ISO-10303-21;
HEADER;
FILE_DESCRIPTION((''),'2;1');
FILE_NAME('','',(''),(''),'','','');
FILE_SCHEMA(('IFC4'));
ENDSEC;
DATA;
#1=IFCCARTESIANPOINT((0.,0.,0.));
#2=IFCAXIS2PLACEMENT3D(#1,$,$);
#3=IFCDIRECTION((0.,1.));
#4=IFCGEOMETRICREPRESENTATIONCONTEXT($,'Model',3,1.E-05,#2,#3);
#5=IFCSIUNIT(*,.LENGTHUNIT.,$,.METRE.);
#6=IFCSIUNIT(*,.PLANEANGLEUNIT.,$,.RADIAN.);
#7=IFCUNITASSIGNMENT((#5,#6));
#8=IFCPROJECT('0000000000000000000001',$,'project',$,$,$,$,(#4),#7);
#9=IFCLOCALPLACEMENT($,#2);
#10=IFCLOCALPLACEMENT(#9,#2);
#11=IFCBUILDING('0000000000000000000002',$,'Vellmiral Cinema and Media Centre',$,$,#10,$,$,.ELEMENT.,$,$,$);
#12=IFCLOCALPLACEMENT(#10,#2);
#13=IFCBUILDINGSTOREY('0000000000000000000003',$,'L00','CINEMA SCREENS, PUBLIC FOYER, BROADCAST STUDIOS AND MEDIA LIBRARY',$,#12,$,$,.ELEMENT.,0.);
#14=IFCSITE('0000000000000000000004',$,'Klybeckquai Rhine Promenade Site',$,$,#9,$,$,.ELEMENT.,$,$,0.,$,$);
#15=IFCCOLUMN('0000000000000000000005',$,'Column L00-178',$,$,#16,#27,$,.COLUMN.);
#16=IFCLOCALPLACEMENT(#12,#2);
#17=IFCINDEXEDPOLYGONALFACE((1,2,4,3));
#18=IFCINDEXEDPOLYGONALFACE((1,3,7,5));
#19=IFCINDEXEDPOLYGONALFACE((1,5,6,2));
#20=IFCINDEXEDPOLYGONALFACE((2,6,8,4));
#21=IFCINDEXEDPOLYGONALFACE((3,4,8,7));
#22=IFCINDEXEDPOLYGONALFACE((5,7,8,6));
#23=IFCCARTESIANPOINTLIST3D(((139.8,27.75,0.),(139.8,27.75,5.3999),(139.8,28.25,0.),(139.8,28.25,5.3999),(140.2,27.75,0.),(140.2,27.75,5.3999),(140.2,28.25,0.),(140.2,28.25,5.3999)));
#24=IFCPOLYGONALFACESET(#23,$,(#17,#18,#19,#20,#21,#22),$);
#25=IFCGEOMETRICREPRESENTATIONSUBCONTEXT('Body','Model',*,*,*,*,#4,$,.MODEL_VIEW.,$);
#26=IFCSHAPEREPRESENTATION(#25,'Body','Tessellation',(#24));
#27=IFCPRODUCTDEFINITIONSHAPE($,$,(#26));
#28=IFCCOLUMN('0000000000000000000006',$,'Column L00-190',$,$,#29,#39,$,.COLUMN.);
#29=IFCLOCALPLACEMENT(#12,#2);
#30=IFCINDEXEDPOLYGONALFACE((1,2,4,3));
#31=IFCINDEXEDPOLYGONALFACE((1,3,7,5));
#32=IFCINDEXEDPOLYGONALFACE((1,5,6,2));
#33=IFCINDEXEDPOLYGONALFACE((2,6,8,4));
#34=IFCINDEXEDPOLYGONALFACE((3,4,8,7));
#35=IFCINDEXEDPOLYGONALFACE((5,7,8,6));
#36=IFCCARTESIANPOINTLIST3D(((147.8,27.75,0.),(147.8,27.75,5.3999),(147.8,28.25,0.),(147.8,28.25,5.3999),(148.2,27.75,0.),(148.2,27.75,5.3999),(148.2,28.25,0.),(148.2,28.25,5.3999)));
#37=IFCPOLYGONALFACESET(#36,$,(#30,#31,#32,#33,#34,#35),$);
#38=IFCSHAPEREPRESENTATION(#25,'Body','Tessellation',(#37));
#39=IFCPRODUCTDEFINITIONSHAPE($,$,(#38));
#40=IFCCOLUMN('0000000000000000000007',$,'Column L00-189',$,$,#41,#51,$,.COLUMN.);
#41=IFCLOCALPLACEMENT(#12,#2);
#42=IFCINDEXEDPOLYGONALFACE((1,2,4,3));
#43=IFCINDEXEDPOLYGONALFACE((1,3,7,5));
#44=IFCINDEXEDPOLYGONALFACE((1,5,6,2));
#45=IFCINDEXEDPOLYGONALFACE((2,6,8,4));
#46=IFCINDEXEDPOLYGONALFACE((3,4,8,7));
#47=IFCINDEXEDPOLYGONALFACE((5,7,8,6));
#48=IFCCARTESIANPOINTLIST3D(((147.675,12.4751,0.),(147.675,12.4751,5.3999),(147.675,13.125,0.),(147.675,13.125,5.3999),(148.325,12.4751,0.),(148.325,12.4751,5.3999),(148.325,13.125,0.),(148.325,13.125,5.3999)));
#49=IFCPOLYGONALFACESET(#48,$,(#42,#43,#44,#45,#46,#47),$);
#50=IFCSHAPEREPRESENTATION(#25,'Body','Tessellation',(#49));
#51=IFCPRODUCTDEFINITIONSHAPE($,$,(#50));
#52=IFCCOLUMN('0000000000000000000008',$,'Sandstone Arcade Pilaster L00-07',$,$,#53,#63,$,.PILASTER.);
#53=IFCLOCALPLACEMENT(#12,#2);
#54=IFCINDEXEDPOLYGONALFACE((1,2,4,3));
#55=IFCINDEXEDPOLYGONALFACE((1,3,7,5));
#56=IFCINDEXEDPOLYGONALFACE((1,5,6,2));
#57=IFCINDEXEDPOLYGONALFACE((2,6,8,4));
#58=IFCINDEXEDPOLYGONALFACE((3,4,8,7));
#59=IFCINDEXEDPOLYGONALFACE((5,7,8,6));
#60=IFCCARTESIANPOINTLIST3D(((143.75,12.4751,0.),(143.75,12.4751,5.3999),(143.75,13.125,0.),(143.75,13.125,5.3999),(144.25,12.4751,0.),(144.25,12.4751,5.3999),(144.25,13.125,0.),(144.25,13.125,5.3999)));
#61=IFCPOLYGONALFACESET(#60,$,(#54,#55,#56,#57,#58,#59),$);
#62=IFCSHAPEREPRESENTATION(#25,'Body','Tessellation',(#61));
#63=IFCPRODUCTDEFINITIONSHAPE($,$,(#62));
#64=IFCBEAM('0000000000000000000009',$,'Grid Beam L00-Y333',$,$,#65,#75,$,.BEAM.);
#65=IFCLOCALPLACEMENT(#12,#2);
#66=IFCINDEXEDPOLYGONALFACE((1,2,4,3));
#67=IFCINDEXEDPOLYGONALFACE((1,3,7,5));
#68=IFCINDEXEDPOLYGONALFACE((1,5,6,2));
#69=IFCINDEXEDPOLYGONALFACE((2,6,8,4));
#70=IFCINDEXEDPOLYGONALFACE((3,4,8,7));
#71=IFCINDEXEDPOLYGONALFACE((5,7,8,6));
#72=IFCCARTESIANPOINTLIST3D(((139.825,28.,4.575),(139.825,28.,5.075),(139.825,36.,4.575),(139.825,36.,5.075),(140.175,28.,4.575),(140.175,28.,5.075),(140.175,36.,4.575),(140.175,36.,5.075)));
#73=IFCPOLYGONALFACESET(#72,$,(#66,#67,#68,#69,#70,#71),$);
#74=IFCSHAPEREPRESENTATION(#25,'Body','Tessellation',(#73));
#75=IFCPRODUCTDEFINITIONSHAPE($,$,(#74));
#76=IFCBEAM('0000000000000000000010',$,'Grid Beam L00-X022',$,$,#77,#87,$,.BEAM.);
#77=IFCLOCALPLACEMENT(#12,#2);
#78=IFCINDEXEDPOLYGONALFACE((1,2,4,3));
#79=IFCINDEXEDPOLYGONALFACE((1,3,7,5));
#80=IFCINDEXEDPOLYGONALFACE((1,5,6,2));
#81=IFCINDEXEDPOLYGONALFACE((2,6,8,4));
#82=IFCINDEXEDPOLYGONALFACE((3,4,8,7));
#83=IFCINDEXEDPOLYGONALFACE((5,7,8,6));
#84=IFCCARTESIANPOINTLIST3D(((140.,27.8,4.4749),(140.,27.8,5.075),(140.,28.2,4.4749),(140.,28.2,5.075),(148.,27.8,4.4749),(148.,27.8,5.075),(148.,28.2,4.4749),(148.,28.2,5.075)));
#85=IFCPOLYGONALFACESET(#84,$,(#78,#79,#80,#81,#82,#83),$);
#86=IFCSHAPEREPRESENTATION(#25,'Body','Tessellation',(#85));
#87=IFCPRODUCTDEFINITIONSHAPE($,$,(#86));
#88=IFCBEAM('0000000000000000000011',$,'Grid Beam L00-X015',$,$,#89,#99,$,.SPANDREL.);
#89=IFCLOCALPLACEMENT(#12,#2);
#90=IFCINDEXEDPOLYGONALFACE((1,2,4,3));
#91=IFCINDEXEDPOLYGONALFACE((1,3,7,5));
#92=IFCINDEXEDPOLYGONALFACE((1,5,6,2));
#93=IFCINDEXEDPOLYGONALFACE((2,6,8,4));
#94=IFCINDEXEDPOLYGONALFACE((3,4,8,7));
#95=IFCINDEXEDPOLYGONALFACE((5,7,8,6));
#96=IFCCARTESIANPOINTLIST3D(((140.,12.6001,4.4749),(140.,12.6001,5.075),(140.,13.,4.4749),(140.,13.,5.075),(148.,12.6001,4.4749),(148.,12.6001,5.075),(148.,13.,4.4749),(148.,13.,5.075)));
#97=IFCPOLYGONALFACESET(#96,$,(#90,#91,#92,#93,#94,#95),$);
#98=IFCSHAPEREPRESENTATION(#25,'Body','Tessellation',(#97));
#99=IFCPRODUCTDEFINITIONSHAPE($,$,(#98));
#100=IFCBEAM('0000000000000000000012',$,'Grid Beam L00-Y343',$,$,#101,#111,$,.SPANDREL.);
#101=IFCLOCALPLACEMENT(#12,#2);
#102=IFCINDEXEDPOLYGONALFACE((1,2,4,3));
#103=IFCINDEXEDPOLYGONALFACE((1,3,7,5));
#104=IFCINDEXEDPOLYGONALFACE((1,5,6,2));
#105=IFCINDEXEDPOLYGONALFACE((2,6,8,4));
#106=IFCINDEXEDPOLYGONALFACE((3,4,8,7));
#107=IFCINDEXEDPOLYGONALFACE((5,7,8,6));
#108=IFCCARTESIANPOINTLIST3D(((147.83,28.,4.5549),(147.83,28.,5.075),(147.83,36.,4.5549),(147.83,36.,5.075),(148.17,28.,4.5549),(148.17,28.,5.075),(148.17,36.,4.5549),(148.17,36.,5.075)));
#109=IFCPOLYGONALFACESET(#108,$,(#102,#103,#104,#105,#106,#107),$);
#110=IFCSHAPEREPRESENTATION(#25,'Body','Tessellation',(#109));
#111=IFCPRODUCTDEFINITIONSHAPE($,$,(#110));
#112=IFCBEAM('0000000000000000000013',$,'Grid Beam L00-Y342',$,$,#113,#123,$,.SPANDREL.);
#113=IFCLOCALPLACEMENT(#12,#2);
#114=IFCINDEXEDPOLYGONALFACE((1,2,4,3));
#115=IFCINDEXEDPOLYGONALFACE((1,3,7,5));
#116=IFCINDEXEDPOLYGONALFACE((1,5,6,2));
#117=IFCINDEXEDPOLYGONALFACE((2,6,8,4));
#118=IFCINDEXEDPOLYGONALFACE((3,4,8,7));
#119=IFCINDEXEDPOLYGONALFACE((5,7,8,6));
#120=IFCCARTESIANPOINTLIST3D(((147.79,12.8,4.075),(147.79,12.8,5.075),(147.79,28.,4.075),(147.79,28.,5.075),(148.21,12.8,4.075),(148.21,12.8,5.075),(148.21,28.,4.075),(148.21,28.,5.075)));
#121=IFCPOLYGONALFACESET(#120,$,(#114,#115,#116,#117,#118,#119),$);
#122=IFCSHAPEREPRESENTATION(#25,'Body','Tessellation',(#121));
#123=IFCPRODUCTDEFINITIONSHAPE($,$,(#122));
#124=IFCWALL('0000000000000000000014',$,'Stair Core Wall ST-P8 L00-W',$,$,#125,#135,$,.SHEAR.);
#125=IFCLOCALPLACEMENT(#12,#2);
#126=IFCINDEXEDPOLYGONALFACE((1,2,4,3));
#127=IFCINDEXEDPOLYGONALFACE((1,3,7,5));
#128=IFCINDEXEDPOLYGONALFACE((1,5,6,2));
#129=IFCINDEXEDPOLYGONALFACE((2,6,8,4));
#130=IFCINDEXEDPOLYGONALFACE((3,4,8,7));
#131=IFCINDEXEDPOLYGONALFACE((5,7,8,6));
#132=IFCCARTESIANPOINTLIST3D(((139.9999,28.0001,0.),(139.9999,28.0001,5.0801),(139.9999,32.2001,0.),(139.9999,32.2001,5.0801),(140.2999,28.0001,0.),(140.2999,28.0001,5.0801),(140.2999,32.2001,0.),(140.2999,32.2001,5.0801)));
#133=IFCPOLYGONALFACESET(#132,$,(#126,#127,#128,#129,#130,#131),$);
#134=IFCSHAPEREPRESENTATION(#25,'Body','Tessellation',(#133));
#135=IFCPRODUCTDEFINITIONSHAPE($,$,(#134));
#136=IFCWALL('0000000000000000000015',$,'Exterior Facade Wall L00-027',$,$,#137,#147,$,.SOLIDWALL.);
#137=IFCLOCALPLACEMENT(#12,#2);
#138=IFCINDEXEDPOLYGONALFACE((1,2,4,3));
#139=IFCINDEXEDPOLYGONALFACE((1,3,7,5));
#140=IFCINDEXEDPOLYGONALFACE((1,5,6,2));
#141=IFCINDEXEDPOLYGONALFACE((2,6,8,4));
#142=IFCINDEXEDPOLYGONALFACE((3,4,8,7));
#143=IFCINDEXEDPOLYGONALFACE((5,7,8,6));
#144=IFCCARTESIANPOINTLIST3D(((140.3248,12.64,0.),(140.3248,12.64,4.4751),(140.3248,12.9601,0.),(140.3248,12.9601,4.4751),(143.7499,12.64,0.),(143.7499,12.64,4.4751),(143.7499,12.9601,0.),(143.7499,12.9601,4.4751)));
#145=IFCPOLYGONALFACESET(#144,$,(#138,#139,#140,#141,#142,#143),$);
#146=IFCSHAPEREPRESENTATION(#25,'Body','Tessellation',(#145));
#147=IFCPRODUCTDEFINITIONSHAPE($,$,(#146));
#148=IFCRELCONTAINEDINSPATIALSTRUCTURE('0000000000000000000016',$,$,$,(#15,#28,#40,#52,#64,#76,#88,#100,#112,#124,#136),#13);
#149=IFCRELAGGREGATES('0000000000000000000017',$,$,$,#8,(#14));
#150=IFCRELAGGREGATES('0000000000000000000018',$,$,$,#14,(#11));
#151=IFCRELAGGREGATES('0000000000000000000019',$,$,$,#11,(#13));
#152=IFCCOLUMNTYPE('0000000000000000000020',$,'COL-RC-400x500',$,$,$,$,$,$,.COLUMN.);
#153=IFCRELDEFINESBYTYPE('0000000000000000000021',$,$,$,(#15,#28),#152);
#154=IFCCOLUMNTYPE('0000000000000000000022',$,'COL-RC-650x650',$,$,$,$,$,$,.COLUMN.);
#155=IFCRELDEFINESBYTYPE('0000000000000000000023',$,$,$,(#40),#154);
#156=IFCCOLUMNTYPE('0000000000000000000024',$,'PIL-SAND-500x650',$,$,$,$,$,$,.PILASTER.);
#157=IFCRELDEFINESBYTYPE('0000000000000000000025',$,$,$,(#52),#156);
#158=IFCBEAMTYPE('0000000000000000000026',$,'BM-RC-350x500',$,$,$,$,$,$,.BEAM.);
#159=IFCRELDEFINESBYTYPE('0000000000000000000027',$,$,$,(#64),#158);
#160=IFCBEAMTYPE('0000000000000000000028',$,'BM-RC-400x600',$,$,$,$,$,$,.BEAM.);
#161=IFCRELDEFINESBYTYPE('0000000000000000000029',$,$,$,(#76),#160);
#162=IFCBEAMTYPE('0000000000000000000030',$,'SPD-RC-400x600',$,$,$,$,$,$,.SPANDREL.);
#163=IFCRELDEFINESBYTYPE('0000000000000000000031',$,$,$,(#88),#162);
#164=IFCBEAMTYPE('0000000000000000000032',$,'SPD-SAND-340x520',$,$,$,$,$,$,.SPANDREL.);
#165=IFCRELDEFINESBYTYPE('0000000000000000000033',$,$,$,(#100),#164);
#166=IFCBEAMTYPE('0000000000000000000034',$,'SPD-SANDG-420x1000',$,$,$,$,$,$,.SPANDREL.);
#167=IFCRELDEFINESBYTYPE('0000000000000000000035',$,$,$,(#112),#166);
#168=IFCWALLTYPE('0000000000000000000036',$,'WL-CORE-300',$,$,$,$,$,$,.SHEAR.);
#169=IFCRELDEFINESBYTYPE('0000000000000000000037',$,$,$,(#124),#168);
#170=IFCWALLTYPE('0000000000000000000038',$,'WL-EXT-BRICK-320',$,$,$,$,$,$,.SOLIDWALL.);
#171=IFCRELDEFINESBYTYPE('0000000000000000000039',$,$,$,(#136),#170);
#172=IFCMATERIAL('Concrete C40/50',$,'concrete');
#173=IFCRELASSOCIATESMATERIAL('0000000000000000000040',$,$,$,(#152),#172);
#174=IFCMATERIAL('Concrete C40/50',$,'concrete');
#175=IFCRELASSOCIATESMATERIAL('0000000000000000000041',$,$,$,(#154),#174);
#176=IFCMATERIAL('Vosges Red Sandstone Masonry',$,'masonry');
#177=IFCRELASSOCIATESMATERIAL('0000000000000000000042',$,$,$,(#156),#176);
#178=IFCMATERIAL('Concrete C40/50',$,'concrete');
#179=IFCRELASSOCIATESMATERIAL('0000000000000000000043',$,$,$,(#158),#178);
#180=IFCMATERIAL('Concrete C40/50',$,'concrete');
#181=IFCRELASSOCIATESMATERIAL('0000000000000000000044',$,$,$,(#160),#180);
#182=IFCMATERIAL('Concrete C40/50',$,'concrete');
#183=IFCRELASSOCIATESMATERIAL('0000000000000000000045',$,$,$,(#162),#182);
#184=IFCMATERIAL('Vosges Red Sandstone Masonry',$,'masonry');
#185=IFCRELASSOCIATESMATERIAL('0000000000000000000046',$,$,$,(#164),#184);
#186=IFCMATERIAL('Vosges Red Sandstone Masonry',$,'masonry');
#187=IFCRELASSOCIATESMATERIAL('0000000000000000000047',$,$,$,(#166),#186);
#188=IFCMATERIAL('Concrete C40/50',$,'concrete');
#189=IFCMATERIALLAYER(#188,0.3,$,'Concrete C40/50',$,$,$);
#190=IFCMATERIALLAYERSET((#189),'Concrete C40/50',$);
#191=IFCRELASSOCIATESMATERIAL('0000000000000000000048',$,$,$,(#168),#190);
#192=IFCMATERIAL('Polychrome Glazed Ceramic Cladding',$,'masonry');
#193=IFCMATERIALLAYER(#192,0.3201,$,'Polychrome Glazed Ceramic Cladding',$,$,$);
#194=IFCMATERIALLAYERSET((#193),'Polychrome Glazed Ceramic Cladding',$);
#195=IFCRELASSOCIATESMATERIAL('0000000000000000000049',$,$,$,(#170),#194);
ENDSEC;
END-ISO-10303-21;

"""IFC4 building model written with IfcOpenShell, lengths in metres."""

from ifc_helpers import new_model, si_unit, direction, frame, frame_2d, origin, origin_2d, place, context, subcontext, project, spatial, rectangle, extrude, material, layer, layer_set, material_profile, profile_set, type_object, element, save


model = new_model("IFC4")

# Units and contexts
model_context = context("Model", 3, precision=1e-05, world=origin(), true_north=direction((0.0, 1.0)))
body_context = subcontext(model_context, "Body", "Model", "MODEL_VIEW")
ifc_project = project(units=[si_unit("LENGTHUNIT", "METRE"), si_unit("PLANEANGLEUNIT", "RADIAN")], contexts=[model_context])

# Site, building, storey
site_placement = place(None, origin())
site = spatial("IfcSite", under=ifc_project, at=site_placement, Name="Klybeckquai Rhine Promenade Site", CompositionType="ELEMENT", RefElevation=0.0)
building_placement = place(site_placement, origin())
building = spatial("IfcBuilding", under=site, at=building_placement, Name="Vellmiral Cinema and Media Centre", CompositionType="ELEMENT")
storey_placement = place(building_placement, origin())
storey = spatial("IfcBuildingStorey", under=building, at=storey_placement, Name="L00", Description="CINEMA SCREENS, PUBLIC FOYER, BROADCAST STUDIOS AND MEDIA LIBRARY", CompositionType="ELEMENT", Elevation=0.0)

# Columns
ifc_material_1 = material(Name="Concrete C40/50", Category="concrete")
ifc_material_profile_1 = material_profile(ifc_material_1, rectangle(XDim=0.3999, YDim=0.5, at=origin_2d()), Name="RC 400x500")
ifc_profile_set_1 = profile_set([ifc_material_profile_1], Name="Concrete C40/50")
column_type_1 = type_object("IfcColumnType", Name="COL-RC-400x500", PredefinedType="COLUMN", material=ifc_profile_set_1)
for number, where, z_axis, x_axis, name in (
    (1, (140.0, 28.0, 0.0), (0.0, 0.0, 1.0), (1.0, 0.0, 0.0), "Column L00-178"),
    (2, (148.0, 28.0, 0.0), (0.0, 0.0, 1.0), (1.0, 0.0, 0.0), "Column L00-190"),
):
    element("IfcColumn", number, at=place(storey_placement, frame(where, z_axis=z_axis, x_axis=x_axis)), inside=storey, type_object=column_type_1, Name=name, PredefinedType="COLUMN", context=body_context, shape_type="SweptSolid", body=[
        extrude(rectangle(XDim=0.3999, YDim=0.5, at=origin_2d()), origin(), (0.0, 0.0, 1.0), 5.3999),
    ])
ifc_material_2 = material(Name="Concrete C40/50", Category="concrete")
ifc_material_profile_2 = material_profile(ifc_material_2, rectangle(XDim=0.6499, YDim=0.6499, at=origin_2d()), Name="RC 650x650")
ifc_profile_set_2 = profile_set([ifc_material_profile_2], Name="Concrete C40/50")
column_type_2 = type_object("IfcColumnType", Name="COL-RC-650x650", PredefinedType="COLUMN", material=ifc_profile_set_2)
column_1_placement = place(storey_placement, frame((148.0, 12.8, 0.0), z_axis=(0.0, 0.0, 1.0), x_axis=(1.0, 0.0, 0.0)))
element("IfcColumn", 3, at=column_1_placement, inside=storey, type_object=column_type_2, Name="Column L00-189", PredefinedType="COLUMN", context=body_context, shape_type="SweptSolid", body=[
    extrude(rectangle(XDim=0.6499, YDim=0.6499, at=origin_2d()), origin(), (0.0, 0.0, 1.0), 5.3999),
])
ifc_material_3 = material(Name="Vosges Red Sandstone Masonry", Category="masonry")
ifc_material_profile_3 = material_profile(ifc_material_3, rectangle(XDim=0.5, YDim=0.6499, at=origin_2d()), Name="SAND 500x650")
ifc_profile_set_3 = profile_set([ifc_material_profile_3], Name="Vosges Red Sandstone Masonry")
column_type_3 = type_object("IfcColumnType", Name="PIL-SAND-500x650", PredefinedType="PILASTER", material=ifc_profile_set_3)
column_2_placement = place(storey_placement, frame((144.0, 12.8, 0.0), z_axis=(0.0, 0.0, 1.0), x_axis=(1.0, 0.0, 0.0)))
element("IfcColumn", 4, at=column_2_placement, inside=storey, type_object=column_type_3, Name="Sandstone Arcade Pilaster L00-07", PredefinedType="PILASTER", context=body_context, shape_type="SweptSolid", body=[
    extrude(rectangle(XDim=0.5, YDim=0.6499, at=origin_2d()), origin(), (0.0, 0.0, 1.0), 5.3999),
])

# Beams
ifc_material_4 = material(Name="Concrete C40/50", Category="concrete")
ifc_material_profile_4 = material_profile(ifc_material_4, rectangle(XDim=0.3501, YDim=0.5, at=origin_2d()), Name="RC 350x500")
ifc_profile_set_4 = profile_set([ifc_material_profile_4], Name="Concrete C40/50")
beam_type_1 = type_object("IfcBeamType", Name="BM-RC-350x500", PredefinedType="BEAM", material=ifc_profile_set_4)
beam_1_placement = place(storey_placement, frame((140.0, 28.0, 4.825), z_axis=(0.0, 1.0, 0.0), x_axis=(-1.0, 0.0, 0.0)))
element("IfcBeam", 5, at=beam_1_placement, inside=storey, type_object=beam_type_1, Name="Grid Beam L00-Y333", PredefinedType="BEAM", context=body_context, shape_type="SweptSolid", body=[
    extrude(rectangle(XDim=0.3501, YDim=0.5, at=origin_2d()), origin(), (0.0, 0.0, 1.0), 8.0),
])
ifc_material_5 = material(Name="Concrete C40/50", Category="concrete")
ifc_material_profile_5 = material_profile(ifc_material_5, rectangle(XDim=0.3999, YDim=0.6001, at=origin_2d()), Name="RC 400x600")
ifc_profile_set_5 = profile_set([ifc_material_profile_5], Name="Concrete C40/50")
beam_type_2 = type_object("IfcBeamType", Name="BM-RC-400x600", PredefinedType="BEAM", material=ifc_profile_set_5)
beam_2_placement = place(storey_placement, frame((140.0, 28.0, 4.7749), z_axis=(1.0, 0.0, 0.0), x_axis=(0.0, 1.0, 0.0)))
element("IfcBeam", 6, at=beam_2_placement, inside=storey, type_object=beam_type_2, Name="Grid Beam L00-X022", PredefinedType="BEAM", context=body_context, shape_type="SweptSolid", body=[
    extrude(rectangle(XDim=0.3999, YDim=0.6001, at=origin_2d()), origin(), (0.0, 0.0, 1.0), 8.0),
])
ifc_material_6 = material(Name="Concrete C40/50", Category="concrete")
ifc_material_profile_6 = material_profile(ifc_material_6, rectangle(XDim=0.3999, YDim=0.6001, at=origin_2d()), Name="RC 400x600")
ifc_profile_set_6 = profile_set([ifc_material_profile_6], Name="Concrete C40/50")
beam_type_3 = type_object("IfcBeamType", Name="SPD-RC-400x600", PredefinedType="SPANDREL", material=ifc_profile_set_6)
beam_3_placement = place(storey_placement, frame((140.0, 12.8, 4.7749), z_axis=(1.0, 0.0, 0.0), x_axis=(0.0, 1.0, 0.0)))
element("IfcBeam", 7, at=beam_3_placement, inside=storey, type_object=beam_type_3, Name="Grid Beam L00-X015", PredefinedType="SPANDREL", context=body_context, shape_type="SweptSolid", body=[
    extrude(rectangle(XDim=0.3999, YDim=0.6001, at=origin_2d()), origin(), (0.0, 0.0, 1.0), 8.0),
])
ifc_material_7 = material(Name="Vosges Red Sandstone Masonry", Category="masonry")
ifc_material_profile_7 = material_profile(ifc_material_7, rectangle(XDim=0.3401, YDim=0.52, at=origin_2d()), Name="SAND 340x520")
ifc_profile_set_7 = profile_set([ifc_material_profile_7], Name="Vosges Red Sandstone Masonry")
beam_type_4 = type_object("IfcBeamType", Name="SPD-SAND-340x520", PredefinedType="SPANDREL", material=ifc_profile_set_7)
beam_4_placement = place(storey_placement, frame((148.0, 28.0, 4.8149), z_axis=(0.0, 1.0, 0.0), x_axis=(-1.0, 0.0, 0.0)))
element("IfcBeam", 8, at=beam_4_placement, inside=storey, type_object=beam_type_4, Name="Grid Beam L00-Y343", PredefinedType="SPANDREL", context=body_context, shape_type="SweptSolid", body=[
    extrude(rectangle(XDim=0.3401, YDim=0.52, at=origin_2d()), origin(), (0.0, 0.0, 1.0), 8.0),
])
ifc_material_8 = material(Name="Vosges Red Sandstone Masonry", Category="masonry")
ifc_material_profile_8 = material_profile(ifc_material_8, rectangle(XDim=0.4199, YDim=1.0, at=origin_2d()), Name="SAND 420x1000")
ifc_profile_set_8 = profile_set([ifc_material_profile_8], Name="Vosges Red Sandstone Masonry")
beam_type_5 = type_object("IfcBeamType", Name="SPD-SANDG-420x1000", PredefinedType="SPANDREL", material=ifc_profile_set_8)
beam_5_placement = place(storey_placement, frame((148.0, 12.8, 4.575), z_axis=(0.0, 1.0, 0.0), x_axis=(-1.0, 0.0, 0.0)))
element("IfcBeam", 9, at=beam_5_placement, inside=storey, type_object=beam_type_5, Name="Grid Beam L00-Y342", PredefinedType="SPANDREL", context=body_context, shape_type="SweptSolid", body=[
    extrude(rectangle(XDim=0.4199, YDim=1.0, at=origin_2d()), origin(), (0.0, 0.0, 1.0), 15.2),
])

# Walls
ifc_material_9 = material(Name="Concrete C40/50", Category="concrete")
ifc_layer_1 = layer(ifc_material_9, 0.3, Name="Concrete C40/50")
ifc_layer_set_1 = layer_set([ifc_layer_1], Name="Concrete C40/50")
wall_type_1 = type_object("IfcWallType", Name="WL-CORE-300", PredefinedType="SHEAR", material=ifc_layer_set_1)
wall_1_placement = place(storey_placement, frame((140.1499, 28.0, 0.0), z_axis=(0.0, 0.0, 1.0), x_axis=(0.0, 1.0, 0.0)))
element("IfcWall", 10, at=wall_1_placement, inside=storey, type_object=wall_type_1, Name="Stair Core Wall ST-P8 L00-W", PredefinedType="SHEAR", context=body_context, shape_type="SweptSolid", body=[
    extrude(rectangle(XDim=4.2, YDim=0.3, at=frame_2d((2.1001, 0.0))), origin(), (0.0, 0.0, 1.0), 5.0801),
])
ifc_material_10 = material(Name="Polychrome Glazed Ceramic Cladding", Category="masonry")
ifc_layer_2 = layer(ifc_material_10, 0.3201, Name="Polychrome Glazed Ceramic Cladding")
ifc_layer_set_2 = layer_set([ifc_layer_2], Name="Polychrome Glazed Ceramic Cladding")
wall_type_2 = type_object("IfcWallType", Name="WL-EXT-BRICK-320", PredefinedType="SOLIDWALL", material=ifc_layer_set_2)
wall_2_placement = place(storey_placement, frame((140.325, 12.8, 0.0), z_axis=(0.0, 0.0, 1.0), x_axis=(1.0, 0.0, 0.0)))
element("IfcWall", 11, at=wall_2_placement, inside=storey, type_object=wall_type_2, Name="Exterior Facade Wall L00-027", PredefinedType="SOLIDWALL", context=body_context, shape_type="SweptSolid", body=[
    extrude(rectangle(XDim=3.425, YDim=0.3201, at=frame_2d((1.7124, 0.0))), origin(), (0.0, 0.0, 1.0), 4.4751),
])

save(model, "model.ifc")
